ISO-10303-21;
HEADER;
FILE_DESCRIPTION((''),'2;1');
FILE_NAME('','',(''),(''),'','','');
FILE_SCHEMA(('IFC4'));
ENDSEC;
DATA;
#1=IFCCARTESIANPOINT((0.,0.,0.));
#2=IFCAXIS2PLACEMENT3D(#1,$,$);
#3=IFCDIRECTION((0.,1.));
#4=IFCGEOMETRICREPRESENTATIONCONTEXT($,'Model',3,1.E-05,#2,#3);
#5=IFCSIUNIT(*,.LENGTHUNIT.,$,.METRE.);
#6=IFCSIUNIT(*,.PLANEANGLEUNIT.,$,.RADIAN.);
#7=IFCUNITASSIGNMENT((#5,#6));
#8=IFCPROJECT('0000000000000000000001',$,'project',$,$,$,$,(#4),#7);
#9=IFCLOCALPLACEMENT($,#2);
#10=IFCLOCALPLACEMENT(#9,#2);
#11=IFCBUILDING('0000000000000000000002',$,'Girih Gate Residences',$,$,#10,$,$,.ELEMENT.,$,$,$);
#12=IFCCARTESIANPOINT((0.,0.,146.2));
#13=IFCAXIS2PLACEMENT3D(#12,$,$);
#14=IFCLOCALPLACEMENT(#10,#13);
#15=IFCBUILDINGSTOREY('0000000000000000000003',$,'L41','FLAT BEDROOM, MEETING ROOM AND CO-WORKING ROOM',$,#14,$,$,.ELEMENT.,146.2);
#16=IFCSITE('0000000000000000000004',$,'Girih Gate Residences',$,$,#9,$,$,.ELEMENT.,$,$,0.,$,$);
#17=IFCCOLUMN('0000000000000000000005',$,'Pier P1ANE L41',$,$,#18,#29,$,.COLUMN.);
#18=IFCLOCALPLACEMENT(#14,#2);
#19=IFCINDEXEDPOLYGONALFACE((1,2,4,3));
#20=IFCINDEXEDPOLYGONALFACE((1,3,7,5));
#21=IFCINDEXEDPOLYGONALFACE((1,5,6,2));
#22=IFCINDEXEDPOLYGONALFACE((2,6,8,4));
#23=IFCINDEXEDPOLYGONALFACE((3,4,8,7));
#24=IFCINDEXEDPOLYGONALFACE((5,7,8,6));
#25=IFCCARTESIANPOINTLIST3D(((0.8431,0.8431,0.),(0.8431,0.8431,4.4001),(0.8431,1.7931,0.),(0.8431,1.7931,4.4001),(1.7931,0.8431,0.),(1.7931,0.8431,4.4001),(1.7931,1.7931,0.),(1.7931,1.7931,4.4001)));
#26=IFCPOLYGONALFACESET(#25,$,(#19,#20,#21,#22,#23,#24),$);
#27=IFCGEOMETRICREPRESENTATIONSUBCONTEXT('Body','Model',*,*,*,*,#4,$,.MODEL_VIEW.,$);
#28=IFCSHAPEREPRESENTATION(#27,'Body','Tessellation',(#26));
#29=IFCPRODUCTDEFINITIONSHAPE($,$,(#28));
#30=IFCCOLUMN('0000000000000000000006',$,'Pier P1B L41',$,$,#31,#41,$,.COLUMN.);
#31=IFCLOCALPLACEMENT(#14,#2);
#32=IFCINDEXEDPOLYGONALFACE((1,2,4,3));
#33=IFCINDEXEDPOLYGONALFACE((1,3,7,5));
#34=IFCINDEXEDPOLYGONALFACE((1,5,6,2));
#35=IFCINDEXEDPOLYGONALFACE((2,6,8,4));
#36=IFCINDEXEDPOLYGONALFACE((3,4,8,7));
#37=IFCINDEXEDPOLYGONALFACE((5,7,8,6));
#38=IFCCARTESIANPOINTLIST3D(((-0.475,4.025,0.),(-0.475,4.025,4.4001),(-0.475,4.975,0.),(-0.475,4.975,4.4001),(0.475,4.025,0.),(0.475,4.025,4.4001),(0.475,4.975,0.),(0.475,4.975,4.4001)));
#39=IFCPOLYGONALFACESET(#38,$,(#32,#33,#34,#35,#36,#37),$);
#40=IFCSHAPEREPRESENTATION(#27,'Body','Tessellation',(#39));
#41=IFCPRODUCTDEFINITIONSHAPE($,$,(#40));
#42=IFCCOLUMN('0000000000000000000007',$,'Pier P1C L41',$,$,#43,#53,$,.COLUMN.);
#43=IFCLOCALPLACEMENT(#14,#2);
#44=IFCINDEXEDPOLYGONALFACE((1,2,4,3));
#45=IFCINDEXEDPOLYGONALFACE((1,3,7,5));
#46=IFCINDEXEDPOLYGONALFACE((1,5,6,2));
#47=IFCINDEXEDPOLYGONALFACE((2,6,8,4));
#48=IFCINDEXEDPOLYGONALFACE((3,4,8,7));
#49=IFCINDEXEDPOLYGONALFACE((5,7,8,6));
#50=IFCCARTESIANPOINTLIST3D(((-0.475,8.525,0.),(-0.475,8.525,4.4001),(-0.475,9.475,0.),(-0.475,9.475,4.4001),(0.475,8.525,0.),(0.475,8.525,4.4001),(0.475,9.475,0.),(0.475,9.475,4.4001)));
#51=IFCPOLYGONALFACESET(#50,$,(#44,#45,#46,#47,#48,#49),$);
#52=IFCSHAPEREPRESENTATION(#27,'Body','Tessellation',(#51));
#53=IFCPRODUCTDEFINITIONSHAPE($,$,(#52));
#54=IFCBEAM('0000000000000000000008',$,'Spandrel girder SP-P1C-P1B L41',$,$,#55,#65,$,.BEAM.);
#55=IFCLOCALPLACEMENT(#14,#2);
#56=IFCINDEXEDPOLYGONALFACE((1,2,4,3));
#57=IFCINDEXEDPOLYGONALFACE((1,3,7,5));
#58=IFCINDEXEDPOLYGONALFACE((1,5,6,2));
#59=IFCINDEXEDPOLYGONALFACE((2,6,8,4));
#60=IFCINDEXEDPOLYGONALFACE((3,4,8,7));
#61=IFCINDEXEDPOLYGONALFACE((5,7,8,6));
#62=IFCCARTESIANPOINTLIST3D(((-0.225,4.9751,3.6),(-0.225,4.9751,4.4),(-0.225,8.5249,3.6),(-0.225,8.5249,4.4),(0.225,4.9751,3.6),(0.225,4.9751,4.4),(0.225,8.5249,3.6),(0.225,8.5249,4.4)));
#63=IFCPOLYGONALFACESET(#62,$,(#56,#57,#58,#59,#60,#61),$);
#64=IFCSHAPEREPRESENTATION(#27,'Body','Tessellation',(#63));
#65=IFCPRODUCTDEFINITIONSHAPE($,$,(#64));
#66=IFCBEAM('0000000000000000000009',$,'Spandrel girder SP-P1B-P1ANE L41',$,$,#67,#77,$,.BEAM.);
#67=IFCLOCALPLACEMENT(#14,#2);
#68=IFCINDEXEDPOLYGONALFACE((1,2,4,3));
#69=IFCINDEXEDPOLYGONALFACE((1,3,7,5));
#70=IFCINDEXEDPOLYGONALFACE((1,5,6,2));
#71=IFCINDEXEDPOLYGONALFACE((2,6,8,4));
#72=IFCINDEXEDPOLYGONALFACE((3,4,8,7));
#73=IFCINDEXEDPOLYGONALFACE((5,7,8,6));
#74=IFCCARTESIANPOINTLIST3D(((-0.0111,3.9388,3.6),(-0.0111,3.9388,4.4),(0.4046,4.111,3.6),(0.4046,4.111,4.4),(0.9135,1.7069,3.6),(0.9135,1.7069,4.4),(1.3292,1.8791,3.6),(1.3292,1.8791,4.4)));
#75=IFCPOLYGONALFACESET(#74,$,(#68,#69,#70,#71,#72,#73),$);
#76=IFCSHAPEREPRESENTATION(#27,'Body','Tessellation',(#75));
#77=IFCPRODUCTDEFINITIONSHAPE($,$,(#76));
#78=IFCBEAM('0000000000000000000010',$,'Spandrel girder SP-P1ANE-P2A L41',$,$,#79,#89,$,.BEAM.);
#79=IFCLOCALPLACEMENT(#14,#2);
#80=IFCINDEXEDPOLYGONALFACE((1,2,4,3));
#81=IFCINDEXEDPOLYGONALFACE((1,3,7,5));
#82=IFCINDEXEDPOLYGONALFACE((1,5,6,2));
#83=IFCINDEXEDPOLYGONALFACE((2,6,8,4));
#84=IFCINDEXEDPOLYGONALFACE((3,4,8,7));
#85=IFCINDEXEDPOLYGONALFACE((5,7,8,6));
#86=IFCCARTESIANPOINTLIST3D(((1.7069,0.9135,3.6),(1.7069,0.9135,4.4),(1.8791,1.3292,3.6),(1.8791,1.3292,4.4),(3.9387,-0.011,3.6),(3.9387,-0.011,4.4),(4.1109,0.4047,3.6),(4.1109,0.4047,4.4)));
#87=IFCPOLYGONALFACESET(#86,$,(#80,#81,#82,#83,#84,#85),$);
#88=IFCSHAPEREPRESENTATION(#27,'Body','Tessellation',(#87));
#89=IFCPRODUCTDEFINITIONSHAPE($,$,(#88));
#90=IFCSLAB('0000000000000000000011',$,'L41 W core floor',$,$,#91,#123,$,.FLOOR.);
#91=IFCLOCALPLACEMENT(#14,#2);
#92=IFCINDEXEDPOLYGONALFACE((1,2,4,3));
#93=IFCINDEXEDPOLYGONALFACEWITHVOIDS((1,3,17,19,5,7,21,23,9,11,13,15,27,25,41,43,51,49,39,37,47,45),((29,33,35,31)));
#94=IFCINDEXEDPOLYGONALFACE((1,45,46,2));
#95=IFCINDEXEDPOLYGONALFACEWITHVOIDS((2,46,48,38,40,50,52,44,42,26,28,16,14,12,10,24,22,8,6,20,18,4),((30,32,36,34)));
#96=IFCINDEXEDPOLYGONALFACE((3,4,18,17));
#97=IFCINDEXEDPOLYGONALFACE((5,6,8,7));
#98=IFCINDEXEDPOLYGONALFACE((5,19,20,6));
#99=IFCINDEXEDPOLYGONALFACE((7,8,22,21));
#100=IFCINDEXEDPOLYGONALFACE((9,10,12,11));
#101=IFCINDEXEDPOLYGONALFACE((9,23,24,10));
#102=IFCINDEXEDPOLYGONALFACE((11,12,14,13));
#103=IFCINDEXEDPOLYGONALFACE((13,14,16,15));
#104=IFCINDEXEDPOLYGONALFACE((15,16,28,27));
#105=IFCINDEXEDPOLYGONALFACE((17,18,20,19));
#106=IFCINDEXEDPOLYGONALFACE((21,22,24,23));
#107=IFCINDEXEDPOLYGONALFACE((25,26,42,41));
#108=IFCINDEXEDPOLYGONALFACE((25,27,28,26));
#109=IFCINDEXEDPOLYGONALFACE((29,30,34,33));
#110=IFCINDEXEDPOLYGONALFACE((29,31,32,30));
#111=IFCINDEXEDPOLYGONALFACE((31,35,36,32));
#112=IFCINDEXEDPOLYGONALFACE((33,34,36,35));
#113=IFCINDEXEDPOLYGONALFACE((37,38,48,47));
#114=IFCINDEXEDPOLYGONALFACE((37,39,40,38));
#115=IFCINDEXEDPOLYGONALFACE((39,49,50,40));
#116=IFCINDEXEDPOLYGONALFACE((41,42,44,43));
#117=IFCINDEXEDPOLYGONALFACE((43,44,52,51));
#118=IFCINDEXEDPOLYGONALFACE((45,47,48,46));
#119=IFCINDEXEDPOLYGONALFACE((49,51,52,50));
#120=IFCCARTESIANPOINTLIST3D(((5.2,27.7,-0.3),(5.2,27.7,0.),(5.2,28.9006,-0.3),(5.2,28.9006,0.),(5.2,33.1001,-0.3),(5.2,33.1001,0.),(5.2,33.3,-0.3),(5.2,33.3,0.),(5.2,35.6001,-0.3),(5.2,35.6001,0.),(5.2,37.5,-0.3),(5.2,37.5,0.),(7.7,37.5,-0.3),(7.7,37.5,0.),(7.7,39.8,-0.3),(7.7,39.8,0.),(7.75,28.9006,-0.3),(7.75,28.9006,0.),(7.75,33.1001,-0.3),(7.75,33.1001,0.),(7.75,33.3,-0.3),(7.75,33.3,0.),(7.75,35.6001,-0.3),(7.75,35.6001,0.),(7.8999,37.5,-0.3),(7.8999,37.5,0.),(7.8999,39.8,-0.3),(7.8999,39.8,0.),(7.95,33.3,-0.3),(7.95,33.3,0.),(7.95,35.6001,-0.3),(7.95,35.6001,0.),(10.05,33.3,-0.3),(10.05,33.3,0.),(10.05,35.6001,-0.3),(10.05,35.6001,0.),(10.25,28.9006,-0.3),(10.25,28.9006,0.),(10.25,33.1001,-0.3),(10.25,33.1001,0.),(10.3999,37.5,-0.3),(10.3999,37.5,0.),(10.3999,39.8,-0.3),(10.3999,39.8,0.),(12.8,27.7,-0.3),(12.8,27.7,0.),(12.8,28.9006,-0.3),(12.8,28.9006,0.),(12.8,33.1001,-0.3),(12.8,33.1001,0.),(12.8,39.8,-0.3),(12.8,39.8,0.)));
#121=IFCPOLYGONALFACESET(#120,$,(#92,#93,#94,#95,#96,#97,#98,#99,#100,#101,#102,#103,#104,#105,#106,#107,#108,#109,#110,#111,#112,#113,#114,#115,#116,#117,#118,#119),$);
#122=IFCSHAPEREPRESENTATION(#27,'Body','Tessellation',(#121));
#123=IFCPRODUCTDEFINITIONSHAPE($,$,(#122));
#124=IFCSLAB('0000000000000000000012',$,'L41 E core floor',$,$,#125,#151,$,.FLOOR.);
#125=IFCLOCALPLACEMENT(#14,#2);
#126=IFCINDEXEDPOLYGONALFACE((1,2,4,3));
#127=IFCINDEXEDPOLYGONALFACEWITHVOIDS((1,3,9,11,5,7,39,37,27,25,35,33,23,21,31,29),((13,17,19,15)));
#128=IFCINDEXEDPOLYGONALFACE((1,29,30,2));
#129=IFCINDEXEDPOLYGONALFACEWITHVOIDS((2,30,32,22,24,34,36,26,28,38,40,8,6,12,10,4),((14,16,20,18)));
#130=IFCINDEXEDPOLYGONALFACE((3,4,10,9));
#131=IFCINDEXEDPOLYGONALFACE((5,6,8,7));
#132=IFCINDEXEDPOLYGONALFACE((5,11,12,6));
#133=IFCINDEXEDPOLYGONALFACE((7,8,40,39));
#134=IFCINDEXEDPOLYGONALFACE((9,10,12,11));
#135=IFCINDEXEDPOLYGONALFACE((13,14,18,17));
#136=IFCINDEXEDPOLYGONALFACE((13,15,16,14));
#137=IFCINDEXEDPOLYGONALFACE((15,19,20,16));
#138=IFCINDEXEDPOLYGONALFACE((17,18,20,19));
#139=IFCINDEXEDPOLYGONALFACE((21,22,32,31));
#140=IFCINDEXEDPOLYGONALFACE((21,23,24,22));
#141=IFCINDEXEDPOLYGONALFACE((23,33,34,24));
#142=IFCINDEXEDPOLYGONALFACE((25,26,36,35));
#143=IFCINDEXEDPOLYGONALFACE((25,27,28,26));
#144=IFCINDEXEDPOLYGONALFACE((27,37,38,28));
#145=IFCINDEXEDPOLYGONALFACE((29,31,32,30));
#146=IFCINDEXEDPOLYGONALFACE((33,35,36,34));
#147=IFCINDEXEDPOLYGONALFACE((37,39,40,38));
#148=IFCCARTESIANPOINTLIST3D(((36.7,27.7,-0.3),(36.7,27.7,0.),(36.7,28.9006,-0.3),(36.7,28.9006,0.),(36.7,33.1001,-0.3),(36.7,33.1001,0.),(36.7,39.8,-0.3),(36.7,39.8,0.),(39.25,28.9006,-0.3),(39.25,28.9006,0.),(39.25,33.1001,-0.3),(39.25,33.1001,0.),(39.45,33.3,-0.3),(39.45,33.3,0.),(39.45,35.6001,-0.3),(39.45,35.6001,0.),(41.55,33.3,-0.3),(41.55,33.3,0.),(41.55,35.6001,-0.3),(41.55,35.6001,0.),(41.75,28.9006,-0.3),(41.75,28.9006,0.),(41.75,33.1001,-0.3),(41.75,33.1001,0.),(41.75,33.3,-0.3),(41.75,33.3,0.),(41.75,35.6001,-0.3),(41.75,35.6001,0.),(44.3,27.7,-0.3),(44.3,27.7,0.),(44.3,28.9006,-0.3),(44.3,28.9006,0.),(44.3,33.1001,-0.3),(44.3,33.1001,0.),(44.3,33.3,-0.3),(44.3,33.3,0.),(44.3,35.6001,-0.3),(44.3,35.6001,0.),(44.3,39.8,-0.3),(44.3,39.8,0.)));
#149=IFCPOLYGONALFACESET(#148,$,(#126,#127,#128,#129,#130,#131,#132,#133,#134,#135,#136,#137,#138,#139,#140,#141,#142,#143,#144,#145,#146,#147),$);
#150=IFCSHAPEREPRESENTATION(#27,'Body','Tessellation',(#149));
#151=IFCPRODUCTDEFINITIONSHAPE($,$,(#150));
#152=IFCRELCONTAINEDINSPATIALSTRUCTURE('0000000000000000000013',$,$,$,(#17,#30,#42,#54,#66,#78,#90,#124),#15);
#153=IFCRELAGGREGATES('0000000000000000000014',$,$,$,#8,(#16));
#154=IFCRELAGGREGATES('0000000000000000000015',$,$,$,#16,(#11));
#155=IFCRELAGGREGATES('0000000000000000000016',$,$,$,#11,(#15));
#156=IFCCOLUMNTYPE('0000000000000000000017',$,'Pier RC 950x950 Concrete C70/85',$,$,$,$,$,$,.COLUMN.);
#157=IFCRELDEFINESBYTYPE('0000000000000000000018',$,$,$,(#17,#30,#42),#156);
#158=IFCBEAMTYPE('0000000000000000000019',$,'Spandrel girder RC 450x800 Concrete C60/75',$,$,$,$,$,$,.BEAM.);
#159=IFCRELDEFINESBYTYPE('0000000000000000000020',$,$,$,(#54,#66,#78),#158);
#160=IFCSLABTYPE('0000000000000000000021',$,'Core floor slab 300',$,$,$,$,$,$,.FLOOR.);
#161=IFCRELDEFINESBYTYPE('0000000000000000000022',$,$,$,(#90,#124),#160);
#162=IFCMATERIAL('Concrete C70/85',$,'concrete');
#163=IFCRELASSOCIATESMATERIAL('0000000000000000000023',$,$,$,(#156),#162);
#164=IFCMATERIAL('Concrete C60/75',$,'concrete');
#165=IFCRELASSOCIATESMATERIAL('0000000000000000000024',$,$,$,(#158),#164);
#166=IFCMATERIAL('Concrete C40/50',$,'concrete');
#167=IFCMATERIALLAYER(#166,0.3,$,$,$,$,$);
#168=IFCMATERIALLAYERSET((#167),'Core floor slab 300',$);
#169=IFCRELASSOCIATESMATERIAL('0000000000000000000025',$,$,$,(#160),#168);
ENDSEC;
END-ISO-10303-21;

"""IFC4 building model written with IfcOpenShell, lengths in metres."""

from ifc_helpers import new_model, si_unit, direction, frame, origin, origin_2d, place, context, subcontext, project, spatial, polyline, rectangle, outline, extrude, material, layer, layer_set, material_profile, profile_set, type_object, element, save


model = new_model("IFC4")

# Units and contexts
model_context = context("Model", 3, precision=1e-05, world=origin(), true_north=direction((0.0, 1.0)))
body_context = subcontext(model_context, "Body", "Model", "MODEL_VIEW")
ifc_project = project(units=[si_unit("LENGTHUNIT", "METRE"), si_unit("PLANEANGLEUNIT", "RADIAN")], contexts=[model_context])

# Site, building, storey
site_placement = place(None, origin())
site = spatial("IfcSite", under=ifc_project, at=site_placement, Name="Girih Gate Residences", CompositionType="ELEMENT", RefElevation=0.0)
building_placement = place(site_placement, origin())
building = spatial("IfcBuilding", under=site, at=building_placement, Name="Girih Gate Residences", CompositionType="ELEMENT")
storey_placement = place(building_placement, frame((0.0, 0.0, 146.2)))
storey = spatial("IfcBuildingStorey", under=building, at=storey_placement, Name="L41", Description="FLAT BEDROOM, MEETING ROOM AND CO-WORKING ROOM", CompositionType="ELEMENT", Elevation=146.2)

# Columns
ifc_material_1 = material(Name="Concrete C70/85", Category="concrete")
ifc_material_profile_1 = material_profile(ifc_material_1, rectangle(XDim=0.95, YDim=0.95, at=origin_2d()))
ifc_profile_set_1 = profile_set([ifc_material_profile_1], Name="Concrete C70/85")
column_type = type_object("IfcColumnType", Name="Pier RC 950x950 Concrete C70/85", PredefinedType="COLUMN", material=ifc_profile_set_1)
for number, where, z_axis, x_axis, name in (
    (1, (1.3181, 1.3181, 0.0), (0.0, 0.0, 1.0), (1.0, 0.0, 0.0), "Pier P1ANE L41"),
    (2, (0.0, 4.5, 0.0), (0.0, 0.0, 1.0), (1.0, 0.0, 0.0), "Pier P1B L41"),
    (3, (0.0, 9.0, 0.0), (0.0, 0.0, 1.0), (1.0, 0.0, 0.0), "Pier P1C L41"),
):
    element("IfcColumn", number, at=place(storey_placement, frame(where, z_axis=z_axis, x_axis=x_axis)), inside=storey, type_object=column_type, Name=name, PredefinedType="COLUMN", context=body_context, shape_type="SweptSolid", body=[
        extrude(rectangle(XDim=0.95, YDim=0.95, at=origin_2d()), origin(), (0.0, 0.0, 1.0), 4.4001),
    ])

# Beams
ifc_material_2 = material(Name="Concrete C60/75", Category="concrete")
ifc_material_profile_2 = material_profile(ifc_material_2, rectangle(XDim=0.45, YDim=0.8, at=origin_2d()))
ifc_profile_set_2 = profile_set([ifc_material_profile_2], Name="Concrete C60/75")
beam_type = type_object("IfcBeamType", Name="Spandrel girder RC 450x800 Concrete C60/75", PredefinedType="BEAM", material=ifc_profile_set_2)
beam_placement = place(storey_placement, frame((0.0, 8.5249, 4.0), z_axis=(0.0, -1.0, 0.0), x_axis=(1.0, 0.0, 0.0)))
element("IfcBeam", 4, at=beam_placement, inside=storey, type_object=beam_type, Name="Spandrel girder SP-P1C-P1B L41", PredefinedType="BEAM", context=body_context, shape_type="SweptSolid", body=[
    extrude(rectangle(XDim=0.45, YDim=0.8, at=origin_2d()), origin(), (0.0, 0.0, 1.0), 3.5498),
])
for number, where, z_axis, x_axis, name in (
    (5, (0.1968, 4.0249, 4.0), (0.382706, -0.92387, 0.0), (0.92387, 0.382706, 0.0), "Spandrel girder SP-P1B-P1ANE L41"),
    (6, (1.793, 1.1213, 4.0), (0.92387, -0.382706, 0.0), (0.382706, 0.92387, 0.0), "Spandrel girder SP-P1ANE-P2A L41"),
):
    element("IfcBeam", number, at=place(storey_placement, frame(where, z_axis=z_axis, x_axis=x_axis)), inside=storey, type_object=beam_type, Name=name, PredefinedType="BEAM", context=body_context, shape_type="SweptSolid", body=[
        extrude(rectangle(XDim=0.45, YDim=0.8, at=origin_2d()), origin(), (0.0, 0.0, 1.0), 2.4158),
    ])

# Slabs
ifc_material_3 = material(Name="Concrete C40/50", Category="concrete")
ifc_layer_1 = layer(ifc_material_3, 0.3)
ifc_layer_set_1 = layer_set([ifc_layer_1], Name="Core floor slab 300")
slab_type_1 = type_object("IfcSlabType", Name="Core floor slab 300", PredefinedType="FLOOR", material=ifc_layer_set_1)
slab_1_placement = place(storey_placement, frame((0.0, 0.0, -0.3)))
element("IfcSlab", 7, at=slab_1_placement, inside=storey, type_object=slab_type_1, Name="L41 W core floor", PredefinedType="FLOOR", context=body_context, shape_type="SweptSolid", body=[
    extrude(outline(polyline([(12.8, 27.7), (5.2, 27.7), (5.2, 28.9006), (7.75, 28.9006), (7.75, 33.1001), (5.2, 33.1001), (5.2, 33.3), (7.75, 33.3), (7.75, 35.6001), (5.2, 35.6001), (5.2, 37.5), (7.7, 37.5), (7.7, 39.8), (7.8999, 39.8), (7.8999, 37.5), (10.3999, 37.5), (10.3999, 39.8), (12.8, 39.8), (12.8, 33.1001), (10.25, 33.1001), (10.25, 28.9006), (12.8, 28.9006), (12.8, 27.7)]), holes=[polyline([(7.95, 33.3), (10.05, 33.3), (10.05, 35.6001), (7.95, 35.6001), (7.95, 33.3)])]), origin(), (0.0, 0.0, 1.0), 0.3),
])
slab_2_placement = place(storey_placement, frame((0.0, 0.0, -0.3)))
element("IfcSlab", 8, at=slab_2_placement, inside=storey, type_object=slab_type_1, Name="L41 E core floor", PredefinedType="FLOOR", context=body_context, shape_type="SweptSolid", body=[
    extrude(outline(polyline([(44.3, 27.7), (36.7, 27.7), (36.7, 28.9006), (39.25, 28.9006), (39.25, 33.1001), (36.7, 33.1001), (36.7, 39.8), (44.3, 39.8), (44.3, 35.6001), (41.75, 35.6001), (41.75, 33.3), (44.3, 33.3), (44.3, 33.1001), (41.75, 33.1001), (41.75, 28.9006), (44.3, 28.9006), (44.3, 27.7)]), holes=[polyline([(39.45, 33.3), (41.55, 33.3), (41.55, 35.6001), (39.45, 35.6001), (39.45, 33.3)])]), origin(), (0.0, 0.0, 1.0), 0.3),
])

save(model, "model.ifc")
